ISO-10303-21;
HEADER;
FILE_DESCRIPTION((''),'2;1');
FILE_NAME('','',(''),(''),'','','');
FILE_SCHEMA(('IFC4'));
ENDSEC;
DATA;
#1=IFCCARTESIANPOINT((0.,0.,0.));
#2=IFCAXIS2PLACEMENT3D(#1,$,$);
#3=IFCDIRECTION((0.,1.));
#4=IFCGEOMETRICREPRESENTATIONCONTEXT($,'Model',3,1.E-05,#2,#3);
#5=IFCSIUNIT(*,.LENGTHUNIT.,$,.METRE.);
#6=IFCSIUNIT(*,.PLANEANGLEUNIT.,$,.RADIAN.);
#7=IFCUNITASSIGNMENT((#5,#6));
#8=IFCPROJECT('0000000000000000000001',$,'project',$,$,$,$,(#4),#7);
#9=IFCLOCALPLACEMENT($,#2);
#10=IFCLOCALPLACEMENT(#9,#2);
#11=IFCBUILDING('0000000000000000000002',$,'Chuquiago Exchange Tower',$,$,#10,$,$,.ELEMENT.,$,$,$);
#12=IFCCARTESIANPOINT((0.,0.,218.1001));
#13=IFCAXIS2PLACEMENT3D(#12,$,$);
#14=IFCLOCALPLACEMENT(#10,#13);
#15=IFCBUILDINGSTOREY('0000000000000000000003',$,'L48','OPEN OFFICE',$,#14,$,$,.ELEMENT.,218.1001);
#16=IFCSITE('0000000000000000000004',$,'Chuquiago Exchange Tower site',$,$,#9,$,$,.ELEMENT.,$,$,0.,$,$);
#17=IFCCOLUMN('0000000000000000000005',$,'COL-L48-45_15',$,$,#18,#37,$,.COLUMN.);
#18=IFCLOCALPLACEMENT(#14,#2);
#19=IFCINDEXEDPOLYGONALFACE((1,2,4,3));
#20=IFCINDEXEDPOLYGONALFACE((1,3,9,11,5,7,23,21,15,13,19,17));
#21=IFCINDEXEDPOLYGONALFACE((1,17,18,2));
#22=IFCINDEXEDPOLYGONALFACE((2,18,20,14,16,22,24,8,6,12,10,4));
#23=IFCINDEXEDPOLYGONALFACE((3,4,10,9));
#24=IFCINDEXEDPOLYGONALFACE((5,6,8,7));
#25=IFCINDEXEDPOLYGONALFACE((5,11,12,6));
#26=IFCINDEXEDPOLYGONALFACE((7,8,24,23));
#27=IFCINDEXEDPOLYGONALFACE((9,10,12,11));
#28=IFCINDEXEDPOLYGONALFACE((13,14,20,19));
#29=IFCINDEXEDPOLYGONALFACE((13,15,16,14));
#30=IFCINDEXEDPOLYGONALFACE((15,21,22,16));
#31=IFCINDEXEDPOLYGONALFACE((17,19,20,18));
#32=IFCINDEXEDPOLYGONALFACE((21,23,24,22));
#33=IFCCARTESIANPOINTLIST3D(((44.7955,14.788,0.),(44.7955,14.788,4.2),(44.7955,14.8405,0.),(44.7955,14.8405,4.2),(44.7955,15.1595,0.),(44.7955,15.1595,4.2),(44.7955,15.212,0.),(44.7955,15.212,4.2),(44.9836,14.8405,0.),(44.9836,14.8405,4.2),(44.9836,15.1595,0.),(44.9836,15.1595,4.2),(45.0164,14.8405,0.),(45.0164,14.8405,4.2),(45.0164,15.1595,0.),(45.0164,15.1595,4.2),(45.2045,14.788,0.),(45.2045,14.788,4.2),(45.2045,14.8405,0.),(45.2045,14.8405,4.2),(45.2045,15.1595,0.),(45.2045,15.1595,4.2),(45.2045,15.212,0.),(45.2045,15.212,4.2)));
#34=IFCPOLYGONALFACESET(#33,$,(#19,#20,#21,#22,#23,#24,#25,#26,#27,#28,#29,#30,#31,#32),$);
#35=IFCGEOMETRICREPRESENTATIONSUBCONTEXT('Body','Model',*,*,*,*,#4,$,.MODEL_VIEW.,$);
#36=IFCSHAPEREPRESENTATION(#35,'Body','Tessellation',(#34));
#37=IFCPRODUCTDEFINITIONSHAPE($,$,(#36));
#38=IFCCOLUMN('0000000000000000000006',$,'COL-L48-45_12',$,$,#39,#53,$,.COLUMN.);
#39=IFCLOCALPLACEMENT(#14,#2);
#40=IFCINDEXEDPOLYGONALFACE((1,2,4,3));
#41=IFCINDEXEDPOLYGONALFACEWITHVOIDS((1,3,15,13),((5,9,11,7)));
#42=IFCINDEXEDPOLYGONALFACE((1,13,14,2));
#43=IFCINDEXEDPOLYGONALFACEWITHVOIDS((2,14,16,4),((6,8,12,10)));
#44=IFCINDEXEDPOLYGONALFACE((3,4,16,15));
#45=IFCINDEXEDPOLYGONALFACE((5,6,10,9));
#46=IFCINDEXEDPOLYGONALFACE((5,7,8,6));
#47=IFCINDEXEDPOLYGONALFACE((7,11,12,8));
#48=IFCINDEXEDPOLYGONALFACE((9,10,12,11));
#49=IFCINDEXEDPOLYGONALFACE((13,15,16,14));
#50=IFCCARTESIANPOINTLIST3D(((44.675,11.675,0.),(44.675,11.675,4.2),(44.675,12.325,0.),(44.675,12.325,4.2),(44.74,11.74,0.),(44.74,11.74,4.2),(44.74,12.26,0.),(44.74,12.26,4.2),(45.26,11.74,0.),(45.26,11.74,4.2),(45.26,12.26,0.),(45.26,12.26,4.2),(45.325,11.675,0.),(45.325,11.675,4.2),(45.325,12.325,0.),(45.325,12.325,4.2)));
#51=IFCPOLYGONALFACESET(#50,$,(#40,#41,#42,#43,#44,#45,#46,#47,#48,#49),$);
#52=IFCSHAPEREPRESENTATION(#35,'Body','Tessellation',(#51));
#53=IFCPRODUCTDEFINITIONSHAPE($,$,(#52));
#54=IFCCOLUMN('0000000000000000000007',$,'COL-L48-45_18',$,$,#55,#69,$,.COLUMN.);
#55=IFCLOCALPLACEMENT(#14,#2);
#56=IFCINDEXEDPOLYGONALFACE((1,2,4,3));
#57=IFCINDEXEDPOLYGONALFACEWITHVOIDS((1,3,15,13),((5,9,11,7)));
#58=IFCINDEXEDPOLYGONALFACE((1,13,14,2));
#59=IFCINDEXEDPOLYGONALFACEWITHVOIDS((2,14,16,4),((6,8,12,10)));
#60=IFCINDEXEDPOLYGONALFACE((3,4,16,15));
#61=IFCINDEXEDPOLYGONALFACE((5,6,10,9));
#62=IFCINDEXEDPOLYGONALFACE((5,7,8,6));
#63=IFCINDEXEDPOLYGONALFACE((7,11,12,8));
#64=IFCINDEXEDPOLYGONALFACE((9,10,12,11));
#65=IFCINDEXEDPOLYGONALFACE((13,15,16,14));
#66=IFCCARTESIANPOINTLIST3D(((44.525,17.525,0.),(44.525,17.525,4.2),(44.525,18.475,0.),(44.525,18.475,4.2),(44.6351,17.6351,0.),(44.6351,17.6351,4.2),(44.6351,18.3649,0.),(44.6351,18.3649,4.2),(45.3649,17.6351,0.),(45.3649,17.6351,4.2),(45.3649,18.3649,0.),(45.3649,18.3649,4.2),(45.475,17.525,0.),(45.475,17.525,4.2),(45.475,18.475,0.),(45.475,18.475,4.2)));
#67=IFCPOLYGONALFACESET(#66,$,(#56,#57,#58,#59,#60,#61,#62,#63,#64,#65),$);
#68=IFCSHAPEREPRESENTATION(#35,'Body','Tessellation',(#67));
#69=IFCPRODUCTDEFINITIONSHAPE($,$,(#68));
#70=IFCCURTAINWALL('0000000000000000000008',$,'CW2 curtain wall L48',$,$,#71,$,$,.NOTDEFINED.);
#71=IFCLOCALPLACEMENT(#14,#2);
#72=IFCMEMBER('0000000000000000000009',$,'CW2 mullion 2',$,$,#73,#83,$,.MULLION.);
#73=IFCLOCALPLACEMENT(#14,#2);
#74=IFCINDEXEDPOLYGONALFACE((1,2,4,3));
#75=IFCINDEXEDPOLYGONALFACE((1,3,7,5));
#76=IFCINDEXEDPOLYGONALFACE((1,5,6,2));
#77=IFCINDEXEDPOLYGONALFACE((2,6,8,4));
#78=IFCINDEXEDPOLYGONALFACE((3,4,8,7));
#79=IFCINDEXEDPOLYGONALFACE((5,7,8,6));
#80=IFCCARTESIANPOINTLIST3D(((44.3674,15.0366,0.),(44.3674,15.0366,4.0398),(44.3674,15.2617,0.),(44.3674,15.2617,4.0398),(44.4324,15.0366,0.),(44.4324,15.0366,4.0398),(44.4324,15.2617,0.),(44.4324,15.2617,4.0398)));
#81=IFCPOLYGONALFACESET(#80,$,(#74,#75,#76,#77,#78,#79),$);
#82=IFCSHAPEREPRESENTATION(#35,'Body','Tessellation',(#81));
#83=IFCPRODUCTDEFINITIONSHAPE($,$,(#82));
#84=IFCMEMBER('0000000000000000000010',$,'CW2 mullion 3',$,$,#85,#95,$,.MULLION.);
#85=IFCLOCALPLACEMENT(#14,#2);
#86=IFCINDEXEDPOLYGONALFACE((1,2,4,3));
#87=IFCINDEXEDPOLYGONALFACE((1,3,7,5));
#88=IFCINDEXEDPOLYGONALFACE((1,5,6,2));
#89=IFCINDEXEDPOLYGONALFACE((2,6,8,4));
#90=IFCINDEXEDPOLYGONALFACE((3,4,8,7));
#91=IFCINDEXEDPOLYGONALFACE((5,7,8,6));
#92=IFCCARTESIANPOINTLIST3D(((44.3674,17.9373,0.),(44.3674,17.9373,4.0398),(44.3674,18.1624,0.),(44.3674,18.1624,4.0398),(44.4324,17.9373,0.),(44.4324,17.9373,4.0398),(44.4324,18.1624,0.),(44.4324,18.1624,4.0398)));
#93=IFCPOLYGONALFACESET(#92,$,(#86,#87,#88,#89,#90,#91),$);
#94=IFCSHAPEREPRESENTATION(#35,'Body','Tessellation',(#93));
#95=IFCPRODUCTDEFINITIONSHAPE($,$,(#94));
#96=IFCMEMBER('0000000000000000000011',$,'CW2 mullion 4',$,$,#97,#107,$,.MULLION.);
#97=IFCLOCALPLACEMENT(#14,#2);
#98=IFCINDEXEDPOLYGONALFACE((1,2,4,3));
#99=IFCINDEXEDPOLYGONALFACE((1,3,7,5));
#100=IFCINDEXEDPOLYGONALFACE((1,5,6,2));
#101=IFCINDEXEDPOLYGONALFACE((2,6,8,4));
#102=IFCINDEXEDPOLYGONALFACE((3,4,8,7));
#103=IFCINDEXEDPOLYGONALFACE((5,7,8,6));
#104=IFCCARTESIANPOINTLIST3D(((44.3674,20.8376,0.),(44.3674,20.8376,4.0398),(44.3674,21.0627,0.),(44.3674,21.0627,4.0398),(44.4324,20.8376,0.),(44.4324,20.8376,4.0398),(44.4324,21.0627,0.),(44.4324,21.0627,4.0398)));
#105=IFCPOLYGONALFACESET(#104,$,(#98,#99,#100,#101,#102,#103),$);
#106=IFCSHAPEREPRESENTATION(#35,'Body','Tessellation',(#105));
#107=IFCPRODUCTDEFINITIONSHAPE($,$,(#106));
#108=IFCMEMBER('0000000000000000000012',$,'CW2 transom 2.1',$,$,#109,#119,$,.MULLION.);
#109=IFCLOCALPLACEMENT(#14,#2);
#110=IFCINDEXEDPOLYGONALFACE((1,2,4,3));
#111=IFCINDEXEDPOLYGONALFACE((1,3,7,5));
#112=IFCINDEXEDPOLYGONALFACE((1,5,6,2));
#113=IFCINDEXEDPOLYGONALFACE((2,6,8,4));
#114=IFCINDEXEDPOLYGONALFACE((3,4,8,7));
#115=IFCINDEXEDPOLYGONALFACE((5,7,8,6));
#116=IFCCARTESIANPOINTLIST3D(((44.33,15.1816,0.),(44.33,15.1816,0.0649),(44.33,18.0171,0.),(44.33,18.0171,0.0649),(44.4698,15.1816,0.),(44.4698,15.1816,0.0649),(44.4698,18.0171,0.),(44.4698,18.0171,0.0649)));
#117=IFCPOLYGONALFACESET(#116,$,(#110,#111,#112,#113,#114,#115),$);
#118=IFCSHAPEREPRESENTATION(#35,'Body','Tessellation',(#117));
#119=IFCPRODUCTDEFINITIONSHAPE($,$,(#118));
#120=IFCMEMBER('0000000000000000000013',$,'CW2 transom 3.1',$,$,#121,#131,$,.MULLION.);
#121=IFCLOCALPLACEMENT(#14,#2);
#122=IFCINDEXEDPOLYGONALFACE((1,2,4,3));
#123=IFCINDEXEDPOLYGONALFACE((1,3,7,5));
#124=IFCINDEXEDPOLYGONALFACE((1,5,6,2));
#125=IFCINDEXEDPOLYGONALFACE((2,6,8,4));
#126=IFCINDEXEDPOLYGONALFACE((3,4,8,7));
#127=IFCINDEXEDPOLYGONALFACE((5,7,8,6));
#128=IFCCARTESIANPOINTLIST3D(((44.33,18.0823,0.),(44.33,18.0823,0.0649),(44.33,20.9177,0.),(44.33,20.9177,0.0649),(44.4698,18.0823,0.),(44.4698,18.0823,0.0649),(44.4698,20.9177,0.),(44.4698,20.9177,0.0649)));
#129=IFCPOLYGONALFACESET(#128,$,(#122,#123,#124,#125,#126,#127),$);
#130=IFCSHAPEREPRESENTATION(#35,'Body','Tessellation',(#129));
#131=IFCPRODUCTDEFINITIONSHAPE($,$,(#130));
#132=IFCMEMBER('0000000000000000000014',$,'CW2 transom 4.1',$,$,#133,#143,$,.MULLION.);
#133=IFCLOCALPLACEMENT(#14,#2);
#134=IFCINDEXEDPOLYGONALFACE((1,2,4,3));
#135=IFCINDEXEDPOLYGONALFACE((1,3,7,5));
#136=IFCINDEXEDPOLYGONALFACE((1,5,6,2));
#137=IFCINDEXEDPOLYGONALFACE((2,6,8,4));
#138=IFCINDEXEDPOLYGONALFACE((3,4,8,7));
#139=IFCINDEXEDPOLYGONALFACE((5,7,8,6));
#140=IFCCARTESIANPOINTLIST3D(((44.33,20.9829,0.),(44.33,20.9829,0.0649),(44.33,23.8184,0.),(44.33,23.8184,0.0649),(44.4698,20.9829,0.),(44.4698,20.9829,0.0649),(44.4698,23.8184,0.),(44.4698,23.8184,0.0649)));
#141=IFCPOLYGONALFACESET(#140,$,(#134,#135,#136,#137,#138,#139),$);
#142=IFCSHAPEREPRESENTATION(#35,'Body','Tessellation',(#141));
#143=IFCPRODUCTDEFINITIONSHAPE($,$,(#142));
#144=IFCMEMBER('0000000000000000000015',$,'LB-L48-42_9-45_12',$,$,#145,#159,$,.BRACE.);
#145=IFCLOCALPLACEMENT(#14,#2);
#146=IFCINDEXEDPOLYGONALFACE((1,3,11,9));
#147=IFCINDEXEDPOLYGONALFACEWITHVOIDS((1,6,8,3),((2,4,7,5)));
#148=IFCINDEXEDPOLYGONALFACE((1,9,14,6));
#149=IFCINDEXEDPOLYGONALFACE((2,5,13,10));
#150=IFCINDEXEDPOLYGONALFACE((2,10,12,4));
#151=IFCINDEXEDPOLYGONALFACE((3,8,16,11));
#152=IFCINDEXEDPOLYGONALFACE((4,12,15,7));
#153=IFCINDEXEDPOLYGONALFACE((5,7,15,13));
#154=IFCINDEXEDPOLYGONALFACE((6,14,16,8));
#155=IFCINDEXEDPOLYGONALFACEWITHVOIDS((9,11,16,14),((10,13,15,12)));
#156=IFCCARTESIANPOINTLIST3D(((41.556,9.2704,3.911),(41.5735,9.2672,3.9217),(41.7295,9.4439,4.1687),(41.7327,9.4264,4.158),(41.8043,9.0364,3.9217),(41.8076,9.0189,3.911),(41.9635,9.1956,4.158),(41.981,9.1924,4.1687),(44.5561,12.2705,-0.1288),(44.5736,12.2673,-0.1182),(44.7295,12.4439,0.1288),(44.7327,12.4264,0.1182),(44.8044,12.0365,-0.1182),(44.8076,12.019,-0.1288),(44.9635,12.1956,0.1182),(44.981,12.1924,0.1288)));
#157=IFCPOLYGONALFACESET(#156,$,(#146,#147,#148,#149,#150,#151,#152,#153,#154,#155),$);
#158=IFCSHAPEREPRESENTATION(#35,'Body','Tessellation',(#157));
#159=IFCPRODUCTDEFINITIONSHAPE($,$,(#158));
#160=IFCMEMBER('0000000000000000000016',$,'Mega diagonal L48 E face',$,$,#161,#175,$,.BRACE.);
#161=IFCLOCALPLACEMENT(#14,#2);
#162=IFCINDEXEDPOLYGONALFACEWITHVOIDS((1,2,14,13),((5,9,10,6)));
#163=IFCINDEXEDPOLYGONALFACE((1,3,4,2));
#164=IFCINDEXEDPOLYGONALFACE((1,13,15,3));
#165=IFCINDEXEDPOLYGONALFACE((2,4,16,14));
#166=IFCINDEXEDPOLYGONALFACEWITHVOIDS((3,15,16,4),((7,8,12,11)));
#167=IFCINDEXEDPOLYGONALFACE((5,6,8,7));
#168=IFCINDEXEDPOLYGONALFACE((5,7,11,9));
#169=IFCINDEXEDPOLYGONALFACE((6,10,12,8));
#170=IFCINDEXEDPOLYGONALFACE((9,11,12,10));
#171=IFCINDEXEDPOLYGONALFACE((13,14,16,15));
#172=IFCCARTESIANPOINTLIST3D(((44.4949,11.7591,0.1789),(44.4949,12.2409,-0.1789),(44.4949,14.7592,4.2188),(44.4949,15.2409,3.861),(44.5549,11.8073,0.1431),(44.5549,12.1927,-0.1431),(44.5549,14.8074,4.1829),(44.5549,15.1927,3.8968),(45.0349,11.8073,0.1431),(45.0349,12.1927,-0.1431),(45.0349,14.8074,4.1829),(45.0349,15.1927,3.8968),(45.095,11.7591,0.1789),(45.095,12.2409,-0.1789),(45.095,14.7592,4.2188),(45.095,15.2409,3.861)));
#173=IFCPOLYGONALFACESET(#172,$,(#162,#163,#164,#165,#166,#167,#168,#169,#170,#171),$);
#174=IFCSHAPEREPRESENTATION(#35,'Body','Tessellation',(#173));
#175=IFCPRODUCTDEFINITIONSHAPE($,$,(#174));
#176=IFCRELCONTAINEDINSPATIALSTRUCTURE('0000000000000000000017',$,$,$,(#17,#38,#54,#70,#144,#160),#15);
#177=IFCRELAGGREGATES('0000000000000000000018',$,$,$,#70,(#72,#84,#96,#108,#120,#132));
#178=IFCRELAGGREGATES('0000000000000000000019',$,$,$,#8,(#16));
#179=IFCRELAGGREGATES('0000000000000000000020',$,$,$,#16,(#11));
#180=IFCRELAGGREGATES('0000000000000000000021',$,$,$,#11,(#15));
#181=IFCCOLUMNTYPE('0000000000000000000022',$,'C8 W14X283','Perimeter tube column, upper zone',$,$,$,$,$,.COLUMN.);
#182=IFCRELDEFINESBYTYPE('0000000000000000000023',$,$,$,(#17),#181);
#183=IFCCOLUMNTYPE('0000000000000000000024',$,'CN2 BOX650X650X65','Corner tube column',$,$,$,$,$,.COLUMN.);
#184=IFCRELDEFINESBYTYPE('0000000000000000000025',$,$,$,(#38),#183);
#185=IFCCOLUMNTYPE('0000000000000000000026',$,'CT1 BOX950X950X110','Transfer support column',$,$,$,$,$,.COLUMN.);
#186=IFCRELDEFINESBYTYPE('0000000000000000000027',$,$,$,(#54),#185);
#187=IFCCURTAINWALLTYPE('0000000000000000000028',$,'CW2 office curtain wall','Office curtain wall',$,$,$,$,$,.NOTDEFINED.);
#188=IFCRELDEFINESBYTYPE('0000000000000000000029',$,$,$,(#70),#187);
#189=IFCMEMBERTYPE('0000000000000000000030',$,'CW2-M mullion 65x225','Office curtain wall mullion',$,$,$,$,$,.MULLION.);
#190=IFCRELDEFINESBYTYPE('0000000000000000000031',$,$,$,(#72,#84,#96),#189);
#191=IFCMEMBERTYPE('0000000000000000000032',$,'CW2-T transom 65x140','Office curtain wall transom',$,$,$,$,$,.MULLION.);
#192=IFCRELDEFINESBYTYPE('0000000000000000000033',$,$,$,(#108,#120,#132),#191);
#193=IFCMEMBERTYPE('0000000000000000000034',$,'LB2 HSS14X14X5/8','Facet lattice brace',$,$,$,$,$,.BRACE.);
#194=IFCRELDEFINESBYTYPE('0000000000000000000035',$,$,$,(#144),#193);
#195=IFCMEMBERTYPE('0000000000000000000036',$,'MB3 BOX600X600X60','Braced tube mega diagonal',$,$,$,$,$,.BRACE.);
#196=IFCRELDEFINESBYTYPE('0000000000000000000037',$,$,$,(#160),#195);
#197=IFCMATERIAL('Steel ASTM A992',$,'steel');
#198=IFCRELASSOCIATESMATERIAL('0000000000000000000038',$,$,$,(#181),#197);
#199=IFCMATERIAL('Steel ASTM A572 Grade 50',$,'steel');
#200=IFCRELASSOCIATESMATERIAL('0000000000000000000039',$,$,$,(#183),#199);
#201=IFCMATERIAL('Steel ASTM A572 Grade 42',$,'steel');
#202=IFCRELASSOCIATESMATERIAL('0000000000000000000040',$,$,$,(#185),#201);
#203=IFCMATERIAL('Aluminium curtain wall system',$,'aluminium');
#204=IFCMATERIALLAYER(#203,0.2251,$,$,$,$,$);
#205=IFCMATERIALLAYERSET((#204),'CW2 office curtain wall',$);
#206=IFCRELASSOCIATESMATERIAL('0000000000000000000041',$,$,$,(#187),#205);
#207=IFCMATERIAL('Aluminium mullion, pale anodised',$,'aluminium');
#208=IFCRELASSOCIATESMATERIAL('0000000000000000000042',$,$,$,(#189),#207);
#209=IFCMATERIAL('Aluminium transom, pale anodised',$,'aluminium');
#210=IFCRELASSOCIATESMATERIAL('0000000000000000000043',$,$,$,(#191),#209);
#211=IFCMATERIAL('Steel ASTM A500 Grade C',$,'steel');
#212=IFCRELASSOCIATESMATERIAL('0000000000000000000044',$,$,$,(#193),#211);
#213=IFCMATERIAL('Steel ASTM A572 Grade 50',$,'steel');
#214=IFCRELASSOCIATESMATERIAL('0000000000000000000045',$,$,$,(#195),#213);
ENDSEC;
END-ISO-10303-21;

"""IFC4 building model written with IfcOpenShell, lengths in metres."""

from ifc_helpers import new_model, si_unit, direction, frame, origin, origin_2d, place, context, subcontext, project, spatial, rectangle, hollow_rectangle, i_section, extrude, material, layer, layer_set, material_profile, profile_set, type_object, element, aggregate, save


model = new_model("IFC4")

# Units and contexts
model_context = context("Model", 3, precision=1e-05, world=origin(), true_north=direction((0.0, 1.0)))
body_context = subcontext(model_context, "Body", "Model", "MODEL_VIEW")
ifc_project = project(units=[si_unit("LENGTHUNIT", "METRE"), si_unit("PLANEANGLEUNIT", "RADIAN")], contexts=[model_context])

# Site, building, storey
site_placement = place(None, origin())
site = spatial("IfcSite", under=ifc_project, at=site_placement, Name="Chuquiago Exchange Tower site", CompositionType="ELEMENT", RefElevation=0.0)
building_placement = place(site_placement, origin())
building = spatial("IfcBuilding", under=site, at=building_placement, Name="Chuquiago Exchange Tower", CompositionType="ELEMENT")
storey_placement = place(building_placement, frame((0.0, 0.0, 218.1001)))
storey = spatial("IfcBuildingStorey", under=building, at=storey_placement, Name="L48", Description="OPEN OFFICE", CompositionType="ELEMENT", Elevation=218.1001)

# Columns
ifc_material_1 = material(Name="Steel ASTM A992", Category="steel")
ifc_material_profile_1 = material_profile(ifc_material_1, i_section(OverallWidth=0.4089, OverallDepth=0.4241, WebThickness=0.0327, FlangeThickness=0.0525, at=origin_2d()), Name="W14X283")
ifc_profile_set_1 = profile_set([ifc_material_profile_1], Name="Steel ASTM A992")
column_type_1 = type_object("IfcColumnType", Name="C8 W14X283", Description="Perimeter tube column, upper zone", PredefinedType="COLUMN", material=ifc_profile_set_1)
column_1_placement = place(storey_placement, frame((45.0, 15.0, 0.0), z_axis=(0.0, 0.0, 1.0), x_axis=(1.0, 0.0, 0.0)))
element("IfcColumn", 1, at=column_1_placement, inside=storey, type_object=column_type_1, Name="COL-L48-45_15", PredefinedType="COLUMN", context=body_context, shape_type="SweptSolid", body=[
    extrude(i_section(OverallWidth=0.4089, OverallDepth=0.4241, WebThickness=0.0327, FlangeThickness=0.0525, at=origin_2d()), origin(), (0.0, 0.0, 1.0), 4.2),
])
ifc_material_2 = material(Name="Steel ASTM A572 Grade 50", Category="steel")
ifc_material_profile_2 = material_profile(ifc_material_2, hollow_rectangle(XDim=0.6499, YDim=0.6499, WallThickness=0.0649, at=origin_2d()), Name="BOX650X650X65")
ifc_profile_set_2 = profile_set([ifc_material_profile_2], Name="Steel ASTM A572 Grade 50")
column_type_2 = type_object("IfcColumnType", Name="CN2 BOX650X650X65", Description="Corner tube column", PredefinedType="COLUMN", material=ifc_profile_set_2)
column_2_placement = place(storey_placement, frame((45.0, 12.0, 0.0), z_axis=(0.0, 0.0, 1.0), x_axis=(1.0, 0.0, 0.0)))
element("IfcColumn", 2, at=column_2_placement, inside=storey, type_object=column_type_2, Name="COL-L48-45_12", PredefinedType="COLUMN", context=body_context, shape_type="SweptSolid", body=[
    extrude(hollow_rectangle(XDim=0.6499, YDim=0.6499, WallThickness=0.0649, at=origin_2d()), origin(), (0.0, 0.0, 1.0), 4.2),
])
ifc_material_3 = material(Name="Steel ASTM A572 Grade 42", Category="steel")
ifc_material_profile_3 = material_profile(ifc_material_3, hollow_rectangle(XDim=0.95, YDim=0.95, WallThickness=0.1101, at=origin_2d()), Name="BOX950X950X110")
ifc_profile_set_3 = profile_set([ifc_material_profile_3], Name="Steel ASTM A572 Grade 42")
column_type_3 = type_object("IfcColumnType", Name="CT1 BOX950X950X110", Description="Transfer support column", PredefinedType="COLUMN", material=ifc_profile_set_3)
column_3_placement = place(storey_placement, frame((45.0, 18.0, 0.0), z_axis=(0.0, 0.0, 1.0), x_axis=(1.0, 0.0, 0.0)))
element("IfcColumn", 3, at=column_3_placement, inside=storey, type_object=column_type_3, Name="COL-L48-45_18", PredefinedType="COLUMN", context=body_context, shape_type="SweptSolid", body=[
    extrude(hollow_rectangle(XDim=0.95, YDim=0.95, WallThickness=0.1101, at=origin_2d()), origin(), (0.0, 0.0, 1.0), 4.2),
])

# Curtain wall, members
ifc_material_4 = material(Name="Aluminium curtain wall system", Category="aluminium")
ifc_layer_1 = layer(ifc_material_4, 0.2251)
ifc_layer_set_1 = layer_set([ifc_layer_1], Name="CW2 office curtain wall")
curtain_wall_type = type_object("IfcCurtainWallType", Name="CW2 office curtain wall", Description="Office curtain wall", PredefinedType="NOTDEFINED", material=ifc_layer_set_1)
curtain_wall_placement = place(storey_placement, origin())
curtain_wall = element("IfcCurtainWall", 4, at=curtain_wall_placement, inside=storey, type_object=curtain_wall_type, Name="CW2 curtain wall L48", PredefinedType="NOTDEFINED")
ifc_material_5 = material(Name="Aluminium mullion, pale anodised", Category="aluminium")
ifc_material_profile_4 = material_profile(ifc_material_5, rectangle(XDim=0.0649, YDim=0.2251, at=origin_2d()), Name="AL 65x225")
ifc_profile_set_4 = profile_set([ifc_material_profile_4], Name="Aluminium mullion, pale anodised")
member_type_1 = type_object("IfcMemberType", Name="CW2-M mullion 65x225", Description="Office curtain wall mullion", PredefinedType="MULLION", material=ifc_profile_set_4)
member_1_placement = place(storey_placement, frame((44.3999, 15.1492, 0.0), z_axis=(0.0, 0.0, 1.0), x_axis=(-1.0, 0.0, 0.0)))
member_1 = element("IfcMember", 5, at=member_1_placement, type_object=member_type_1, Name="CW2 mullion 2", PredefinedType="MULLION", context=body_context, shape_type="SweptSolid", body=[
    extrude(rectangle(XDim=0.0649, YDim=0.2251, at=origin_2d()), origin(), (0.0, 0.0, 1.0), 4.0398),
])
member_2_placement = place(storey_placement, frame((44.3999, 18.0498, 0.0), z_axis=(0.0, 0.0, 1.0), x_axis=(-1.0, 0.0, 0.0)))
member_2 = element("IfcMember", 6, at=member_2_placement, type_object=member_type_1, Name="CW2 mullion 3", PredefinedType="MULLION", context=body_context, shape_type="SweptSolid", body=[
    extrude(rectangle(XDim=0.0649, YDim=0.2251, at=origin_2d()), origin(), (0.0, 0.0, 1.0), 4.0398),
])
member_3_placement = place(storey_placement, frame((44.3999, 20.9502, 0.0), z_axis=(0.0, 0.0, 1.0), x_axis=(-1.0, 0.0, 0.0)))
member_3 = element("IfcMember", 7, at=member_3_placement, type_object=member_type_1, Name="CW2 mullion 4", PredefinedType="MULLION", context=body_context, shape_type="SweptSolid", body=[
    extrude(rectangle(XDim=0.0649, YDim=0.2251, at=origin_2d()), origin(), (0.0, 0.0, 1.0), 4.0398),
])
ifc_material_6 = material(Name="Aluminium transom, pale anodised", Category="aluminium")
ifc_material_profile_5 = material_profile(ifc_material_6, rectangle(XDim=0.1399, YDim=0.0649, at=origin_2d()), Name="AL 140x65")
ifc_profile_set_5 = profile_set([ifc_material_profile_5], Name="Aluminium transom, pale anodised")
member_type_2 = type_object("IfcMemberType", Name="CW2-T transom 65x140", Description="Office curtain wall transom", PredefinedType="MULLION", material=ifc_profile_set_5)
member_4_placement = place(storey_placement, frame((44.3999, 15.1816, 0.0325), z_axis=(0.0, 1.0, 0.0), x_axis=(-1.0, 0.0, 0.0)))
member_4 = element("IfcMember", 8, at=member_4_placement, type_object=member_type_2, Name="CW2 transom 2.1", PredefinedType="MULLION", context=body_context, shape_type="SweptSolid", body=[
    extrude(rectangle(XDim=0.1399, YDim=0.0649, at=origin_2d()), origin(), (0.0, 0.0, 1.0), 2.8354),
])
member_5_placement = place(storey_placement, frame((44.3999, 18.0823, 0.0325), z_axis=(0.0, 1.0, 0.0), x_axis=(-1.0, 0.0, 0.0)))
member_5 = element("IfcMember", 9, at=member_5_placement, type_object=member_type_2, Name="CW2 transom 3.1", PredefinedType="MULLION", context=body_context, shape_type="SweptSolid", body=[
    extrude(rectangle(XDim=0.1399, YDim=0.0649, at=origin_2d()), origin(), (0.0, 0.0, 1.0), 2.8354),
])
member_6_placement = place(storey_placement, frame((44.3999, 20.9829, 0.0325), z_axis=(0.0, 1.0, 0.0), x_axis=(-1.0, 0.0, 0.0)))
member_6 = element("IfcMember", 10, at=member_6_placement, type_object=member_type_2, Name="CW2 transom 4.1", PredefinedType="MULLION", context=body_context, shape_type="SweptSolid", body=[
    extrude(rectangle(XDim=0.1399, YDim=0.0649, at=origin_2d()), origin(), (0.0, 0.0, 1.0), 2.8354),
])

# Members
ifc_material_7 = material(Name="Steel ASTM A500 Grade C", Category="steel")
ifc_material_profile_6 = material_profile(ifc_material_7, hollow_rectangle(XDim=0.3557, YDim=0.3557, WallThickness=0.0146, at=origin_2d()), Name="HSS14X14X5/8")
ifc_profile_set_6 = profile_set([ifc_material_profile_6], Name="Steel ASTM A500 Grade C")
member_type_3 = type_object("IfcMemberType", Name="LB2 HSS14X14X5/8", Description="Facet lattice brace", PredefinedType="BRACE", material=ifc_profile_set_6)
member_7_placement = place(storey_placement, frame((44.7686, 12.2314, 0.0), z_axis=(-0.512092, -0.512092, 0.689582), x_axis=(0.707107, -0.707107, 0.0)))
element("IfcMember", 11, at=member_7_placement, inside=storey, type_object=member_type_3, Name="LB-L48-42_9-45_12", PredefinedType="BRACE", context=body_context, shape_type="SweptSolid", body=[
    extrude(hollow_rectangle(XDim=0.3557, YDim=0.3557, WallThickness=0.0146, at=origin_2d()), origin(), (0.0, 0.0, 1.0), 5.8584),
])
ifc_material_8 = material(Name="Steel ASTM A572 Grade 50", Category="steel")
ifc_material_profile_7 = material_profile(ifc_material_8, hollow_rectangle(XDim=0.6001, YDim=0.6001, WallThickness=0.0601, at=origin_2d()), Name="BOX600X600X60")
ifc_profile_set_7 = profile_set([ifc_material_profile_7], Name="Steel ASTM A572 Grade 50")
member_type_4 = type_object("IfcMemberType", Name="MB3 BOX600X600X60", Description="Braced tube mega diagonal", PredefinedType="BRACE", material=ifc_profile_set_7)
for number, where, z_axis, x_axis, name in (
    (12, (44.7949, 12.0, 0.0), (0.0, 0.596197, 0.802838), (-1.0, 0.0, 0.0), "Mega diagonal L48 E face"),
):
    element("IfcMember", number, at=place(storey_placement, frame(where, z_axis=z_axis, x_axis=x_axis)), inside=storey, type_object=member_type_4, Name=name, PredefinedType="BRACE", context=body_context, shape_type="SweptSolid", body=[
        extrude(hollow_rectangle(XDim=0.6001, YDim=0.6001, WallThickness=0.0601, at=origin_2d()), origin(), (0.0, 0.0, 1.0), 5.032),
    ])

aggregate(curtain_wall, [member_1, member_2, member_3, member_4, member_5, member_6])

save(model, "model.ifc")
